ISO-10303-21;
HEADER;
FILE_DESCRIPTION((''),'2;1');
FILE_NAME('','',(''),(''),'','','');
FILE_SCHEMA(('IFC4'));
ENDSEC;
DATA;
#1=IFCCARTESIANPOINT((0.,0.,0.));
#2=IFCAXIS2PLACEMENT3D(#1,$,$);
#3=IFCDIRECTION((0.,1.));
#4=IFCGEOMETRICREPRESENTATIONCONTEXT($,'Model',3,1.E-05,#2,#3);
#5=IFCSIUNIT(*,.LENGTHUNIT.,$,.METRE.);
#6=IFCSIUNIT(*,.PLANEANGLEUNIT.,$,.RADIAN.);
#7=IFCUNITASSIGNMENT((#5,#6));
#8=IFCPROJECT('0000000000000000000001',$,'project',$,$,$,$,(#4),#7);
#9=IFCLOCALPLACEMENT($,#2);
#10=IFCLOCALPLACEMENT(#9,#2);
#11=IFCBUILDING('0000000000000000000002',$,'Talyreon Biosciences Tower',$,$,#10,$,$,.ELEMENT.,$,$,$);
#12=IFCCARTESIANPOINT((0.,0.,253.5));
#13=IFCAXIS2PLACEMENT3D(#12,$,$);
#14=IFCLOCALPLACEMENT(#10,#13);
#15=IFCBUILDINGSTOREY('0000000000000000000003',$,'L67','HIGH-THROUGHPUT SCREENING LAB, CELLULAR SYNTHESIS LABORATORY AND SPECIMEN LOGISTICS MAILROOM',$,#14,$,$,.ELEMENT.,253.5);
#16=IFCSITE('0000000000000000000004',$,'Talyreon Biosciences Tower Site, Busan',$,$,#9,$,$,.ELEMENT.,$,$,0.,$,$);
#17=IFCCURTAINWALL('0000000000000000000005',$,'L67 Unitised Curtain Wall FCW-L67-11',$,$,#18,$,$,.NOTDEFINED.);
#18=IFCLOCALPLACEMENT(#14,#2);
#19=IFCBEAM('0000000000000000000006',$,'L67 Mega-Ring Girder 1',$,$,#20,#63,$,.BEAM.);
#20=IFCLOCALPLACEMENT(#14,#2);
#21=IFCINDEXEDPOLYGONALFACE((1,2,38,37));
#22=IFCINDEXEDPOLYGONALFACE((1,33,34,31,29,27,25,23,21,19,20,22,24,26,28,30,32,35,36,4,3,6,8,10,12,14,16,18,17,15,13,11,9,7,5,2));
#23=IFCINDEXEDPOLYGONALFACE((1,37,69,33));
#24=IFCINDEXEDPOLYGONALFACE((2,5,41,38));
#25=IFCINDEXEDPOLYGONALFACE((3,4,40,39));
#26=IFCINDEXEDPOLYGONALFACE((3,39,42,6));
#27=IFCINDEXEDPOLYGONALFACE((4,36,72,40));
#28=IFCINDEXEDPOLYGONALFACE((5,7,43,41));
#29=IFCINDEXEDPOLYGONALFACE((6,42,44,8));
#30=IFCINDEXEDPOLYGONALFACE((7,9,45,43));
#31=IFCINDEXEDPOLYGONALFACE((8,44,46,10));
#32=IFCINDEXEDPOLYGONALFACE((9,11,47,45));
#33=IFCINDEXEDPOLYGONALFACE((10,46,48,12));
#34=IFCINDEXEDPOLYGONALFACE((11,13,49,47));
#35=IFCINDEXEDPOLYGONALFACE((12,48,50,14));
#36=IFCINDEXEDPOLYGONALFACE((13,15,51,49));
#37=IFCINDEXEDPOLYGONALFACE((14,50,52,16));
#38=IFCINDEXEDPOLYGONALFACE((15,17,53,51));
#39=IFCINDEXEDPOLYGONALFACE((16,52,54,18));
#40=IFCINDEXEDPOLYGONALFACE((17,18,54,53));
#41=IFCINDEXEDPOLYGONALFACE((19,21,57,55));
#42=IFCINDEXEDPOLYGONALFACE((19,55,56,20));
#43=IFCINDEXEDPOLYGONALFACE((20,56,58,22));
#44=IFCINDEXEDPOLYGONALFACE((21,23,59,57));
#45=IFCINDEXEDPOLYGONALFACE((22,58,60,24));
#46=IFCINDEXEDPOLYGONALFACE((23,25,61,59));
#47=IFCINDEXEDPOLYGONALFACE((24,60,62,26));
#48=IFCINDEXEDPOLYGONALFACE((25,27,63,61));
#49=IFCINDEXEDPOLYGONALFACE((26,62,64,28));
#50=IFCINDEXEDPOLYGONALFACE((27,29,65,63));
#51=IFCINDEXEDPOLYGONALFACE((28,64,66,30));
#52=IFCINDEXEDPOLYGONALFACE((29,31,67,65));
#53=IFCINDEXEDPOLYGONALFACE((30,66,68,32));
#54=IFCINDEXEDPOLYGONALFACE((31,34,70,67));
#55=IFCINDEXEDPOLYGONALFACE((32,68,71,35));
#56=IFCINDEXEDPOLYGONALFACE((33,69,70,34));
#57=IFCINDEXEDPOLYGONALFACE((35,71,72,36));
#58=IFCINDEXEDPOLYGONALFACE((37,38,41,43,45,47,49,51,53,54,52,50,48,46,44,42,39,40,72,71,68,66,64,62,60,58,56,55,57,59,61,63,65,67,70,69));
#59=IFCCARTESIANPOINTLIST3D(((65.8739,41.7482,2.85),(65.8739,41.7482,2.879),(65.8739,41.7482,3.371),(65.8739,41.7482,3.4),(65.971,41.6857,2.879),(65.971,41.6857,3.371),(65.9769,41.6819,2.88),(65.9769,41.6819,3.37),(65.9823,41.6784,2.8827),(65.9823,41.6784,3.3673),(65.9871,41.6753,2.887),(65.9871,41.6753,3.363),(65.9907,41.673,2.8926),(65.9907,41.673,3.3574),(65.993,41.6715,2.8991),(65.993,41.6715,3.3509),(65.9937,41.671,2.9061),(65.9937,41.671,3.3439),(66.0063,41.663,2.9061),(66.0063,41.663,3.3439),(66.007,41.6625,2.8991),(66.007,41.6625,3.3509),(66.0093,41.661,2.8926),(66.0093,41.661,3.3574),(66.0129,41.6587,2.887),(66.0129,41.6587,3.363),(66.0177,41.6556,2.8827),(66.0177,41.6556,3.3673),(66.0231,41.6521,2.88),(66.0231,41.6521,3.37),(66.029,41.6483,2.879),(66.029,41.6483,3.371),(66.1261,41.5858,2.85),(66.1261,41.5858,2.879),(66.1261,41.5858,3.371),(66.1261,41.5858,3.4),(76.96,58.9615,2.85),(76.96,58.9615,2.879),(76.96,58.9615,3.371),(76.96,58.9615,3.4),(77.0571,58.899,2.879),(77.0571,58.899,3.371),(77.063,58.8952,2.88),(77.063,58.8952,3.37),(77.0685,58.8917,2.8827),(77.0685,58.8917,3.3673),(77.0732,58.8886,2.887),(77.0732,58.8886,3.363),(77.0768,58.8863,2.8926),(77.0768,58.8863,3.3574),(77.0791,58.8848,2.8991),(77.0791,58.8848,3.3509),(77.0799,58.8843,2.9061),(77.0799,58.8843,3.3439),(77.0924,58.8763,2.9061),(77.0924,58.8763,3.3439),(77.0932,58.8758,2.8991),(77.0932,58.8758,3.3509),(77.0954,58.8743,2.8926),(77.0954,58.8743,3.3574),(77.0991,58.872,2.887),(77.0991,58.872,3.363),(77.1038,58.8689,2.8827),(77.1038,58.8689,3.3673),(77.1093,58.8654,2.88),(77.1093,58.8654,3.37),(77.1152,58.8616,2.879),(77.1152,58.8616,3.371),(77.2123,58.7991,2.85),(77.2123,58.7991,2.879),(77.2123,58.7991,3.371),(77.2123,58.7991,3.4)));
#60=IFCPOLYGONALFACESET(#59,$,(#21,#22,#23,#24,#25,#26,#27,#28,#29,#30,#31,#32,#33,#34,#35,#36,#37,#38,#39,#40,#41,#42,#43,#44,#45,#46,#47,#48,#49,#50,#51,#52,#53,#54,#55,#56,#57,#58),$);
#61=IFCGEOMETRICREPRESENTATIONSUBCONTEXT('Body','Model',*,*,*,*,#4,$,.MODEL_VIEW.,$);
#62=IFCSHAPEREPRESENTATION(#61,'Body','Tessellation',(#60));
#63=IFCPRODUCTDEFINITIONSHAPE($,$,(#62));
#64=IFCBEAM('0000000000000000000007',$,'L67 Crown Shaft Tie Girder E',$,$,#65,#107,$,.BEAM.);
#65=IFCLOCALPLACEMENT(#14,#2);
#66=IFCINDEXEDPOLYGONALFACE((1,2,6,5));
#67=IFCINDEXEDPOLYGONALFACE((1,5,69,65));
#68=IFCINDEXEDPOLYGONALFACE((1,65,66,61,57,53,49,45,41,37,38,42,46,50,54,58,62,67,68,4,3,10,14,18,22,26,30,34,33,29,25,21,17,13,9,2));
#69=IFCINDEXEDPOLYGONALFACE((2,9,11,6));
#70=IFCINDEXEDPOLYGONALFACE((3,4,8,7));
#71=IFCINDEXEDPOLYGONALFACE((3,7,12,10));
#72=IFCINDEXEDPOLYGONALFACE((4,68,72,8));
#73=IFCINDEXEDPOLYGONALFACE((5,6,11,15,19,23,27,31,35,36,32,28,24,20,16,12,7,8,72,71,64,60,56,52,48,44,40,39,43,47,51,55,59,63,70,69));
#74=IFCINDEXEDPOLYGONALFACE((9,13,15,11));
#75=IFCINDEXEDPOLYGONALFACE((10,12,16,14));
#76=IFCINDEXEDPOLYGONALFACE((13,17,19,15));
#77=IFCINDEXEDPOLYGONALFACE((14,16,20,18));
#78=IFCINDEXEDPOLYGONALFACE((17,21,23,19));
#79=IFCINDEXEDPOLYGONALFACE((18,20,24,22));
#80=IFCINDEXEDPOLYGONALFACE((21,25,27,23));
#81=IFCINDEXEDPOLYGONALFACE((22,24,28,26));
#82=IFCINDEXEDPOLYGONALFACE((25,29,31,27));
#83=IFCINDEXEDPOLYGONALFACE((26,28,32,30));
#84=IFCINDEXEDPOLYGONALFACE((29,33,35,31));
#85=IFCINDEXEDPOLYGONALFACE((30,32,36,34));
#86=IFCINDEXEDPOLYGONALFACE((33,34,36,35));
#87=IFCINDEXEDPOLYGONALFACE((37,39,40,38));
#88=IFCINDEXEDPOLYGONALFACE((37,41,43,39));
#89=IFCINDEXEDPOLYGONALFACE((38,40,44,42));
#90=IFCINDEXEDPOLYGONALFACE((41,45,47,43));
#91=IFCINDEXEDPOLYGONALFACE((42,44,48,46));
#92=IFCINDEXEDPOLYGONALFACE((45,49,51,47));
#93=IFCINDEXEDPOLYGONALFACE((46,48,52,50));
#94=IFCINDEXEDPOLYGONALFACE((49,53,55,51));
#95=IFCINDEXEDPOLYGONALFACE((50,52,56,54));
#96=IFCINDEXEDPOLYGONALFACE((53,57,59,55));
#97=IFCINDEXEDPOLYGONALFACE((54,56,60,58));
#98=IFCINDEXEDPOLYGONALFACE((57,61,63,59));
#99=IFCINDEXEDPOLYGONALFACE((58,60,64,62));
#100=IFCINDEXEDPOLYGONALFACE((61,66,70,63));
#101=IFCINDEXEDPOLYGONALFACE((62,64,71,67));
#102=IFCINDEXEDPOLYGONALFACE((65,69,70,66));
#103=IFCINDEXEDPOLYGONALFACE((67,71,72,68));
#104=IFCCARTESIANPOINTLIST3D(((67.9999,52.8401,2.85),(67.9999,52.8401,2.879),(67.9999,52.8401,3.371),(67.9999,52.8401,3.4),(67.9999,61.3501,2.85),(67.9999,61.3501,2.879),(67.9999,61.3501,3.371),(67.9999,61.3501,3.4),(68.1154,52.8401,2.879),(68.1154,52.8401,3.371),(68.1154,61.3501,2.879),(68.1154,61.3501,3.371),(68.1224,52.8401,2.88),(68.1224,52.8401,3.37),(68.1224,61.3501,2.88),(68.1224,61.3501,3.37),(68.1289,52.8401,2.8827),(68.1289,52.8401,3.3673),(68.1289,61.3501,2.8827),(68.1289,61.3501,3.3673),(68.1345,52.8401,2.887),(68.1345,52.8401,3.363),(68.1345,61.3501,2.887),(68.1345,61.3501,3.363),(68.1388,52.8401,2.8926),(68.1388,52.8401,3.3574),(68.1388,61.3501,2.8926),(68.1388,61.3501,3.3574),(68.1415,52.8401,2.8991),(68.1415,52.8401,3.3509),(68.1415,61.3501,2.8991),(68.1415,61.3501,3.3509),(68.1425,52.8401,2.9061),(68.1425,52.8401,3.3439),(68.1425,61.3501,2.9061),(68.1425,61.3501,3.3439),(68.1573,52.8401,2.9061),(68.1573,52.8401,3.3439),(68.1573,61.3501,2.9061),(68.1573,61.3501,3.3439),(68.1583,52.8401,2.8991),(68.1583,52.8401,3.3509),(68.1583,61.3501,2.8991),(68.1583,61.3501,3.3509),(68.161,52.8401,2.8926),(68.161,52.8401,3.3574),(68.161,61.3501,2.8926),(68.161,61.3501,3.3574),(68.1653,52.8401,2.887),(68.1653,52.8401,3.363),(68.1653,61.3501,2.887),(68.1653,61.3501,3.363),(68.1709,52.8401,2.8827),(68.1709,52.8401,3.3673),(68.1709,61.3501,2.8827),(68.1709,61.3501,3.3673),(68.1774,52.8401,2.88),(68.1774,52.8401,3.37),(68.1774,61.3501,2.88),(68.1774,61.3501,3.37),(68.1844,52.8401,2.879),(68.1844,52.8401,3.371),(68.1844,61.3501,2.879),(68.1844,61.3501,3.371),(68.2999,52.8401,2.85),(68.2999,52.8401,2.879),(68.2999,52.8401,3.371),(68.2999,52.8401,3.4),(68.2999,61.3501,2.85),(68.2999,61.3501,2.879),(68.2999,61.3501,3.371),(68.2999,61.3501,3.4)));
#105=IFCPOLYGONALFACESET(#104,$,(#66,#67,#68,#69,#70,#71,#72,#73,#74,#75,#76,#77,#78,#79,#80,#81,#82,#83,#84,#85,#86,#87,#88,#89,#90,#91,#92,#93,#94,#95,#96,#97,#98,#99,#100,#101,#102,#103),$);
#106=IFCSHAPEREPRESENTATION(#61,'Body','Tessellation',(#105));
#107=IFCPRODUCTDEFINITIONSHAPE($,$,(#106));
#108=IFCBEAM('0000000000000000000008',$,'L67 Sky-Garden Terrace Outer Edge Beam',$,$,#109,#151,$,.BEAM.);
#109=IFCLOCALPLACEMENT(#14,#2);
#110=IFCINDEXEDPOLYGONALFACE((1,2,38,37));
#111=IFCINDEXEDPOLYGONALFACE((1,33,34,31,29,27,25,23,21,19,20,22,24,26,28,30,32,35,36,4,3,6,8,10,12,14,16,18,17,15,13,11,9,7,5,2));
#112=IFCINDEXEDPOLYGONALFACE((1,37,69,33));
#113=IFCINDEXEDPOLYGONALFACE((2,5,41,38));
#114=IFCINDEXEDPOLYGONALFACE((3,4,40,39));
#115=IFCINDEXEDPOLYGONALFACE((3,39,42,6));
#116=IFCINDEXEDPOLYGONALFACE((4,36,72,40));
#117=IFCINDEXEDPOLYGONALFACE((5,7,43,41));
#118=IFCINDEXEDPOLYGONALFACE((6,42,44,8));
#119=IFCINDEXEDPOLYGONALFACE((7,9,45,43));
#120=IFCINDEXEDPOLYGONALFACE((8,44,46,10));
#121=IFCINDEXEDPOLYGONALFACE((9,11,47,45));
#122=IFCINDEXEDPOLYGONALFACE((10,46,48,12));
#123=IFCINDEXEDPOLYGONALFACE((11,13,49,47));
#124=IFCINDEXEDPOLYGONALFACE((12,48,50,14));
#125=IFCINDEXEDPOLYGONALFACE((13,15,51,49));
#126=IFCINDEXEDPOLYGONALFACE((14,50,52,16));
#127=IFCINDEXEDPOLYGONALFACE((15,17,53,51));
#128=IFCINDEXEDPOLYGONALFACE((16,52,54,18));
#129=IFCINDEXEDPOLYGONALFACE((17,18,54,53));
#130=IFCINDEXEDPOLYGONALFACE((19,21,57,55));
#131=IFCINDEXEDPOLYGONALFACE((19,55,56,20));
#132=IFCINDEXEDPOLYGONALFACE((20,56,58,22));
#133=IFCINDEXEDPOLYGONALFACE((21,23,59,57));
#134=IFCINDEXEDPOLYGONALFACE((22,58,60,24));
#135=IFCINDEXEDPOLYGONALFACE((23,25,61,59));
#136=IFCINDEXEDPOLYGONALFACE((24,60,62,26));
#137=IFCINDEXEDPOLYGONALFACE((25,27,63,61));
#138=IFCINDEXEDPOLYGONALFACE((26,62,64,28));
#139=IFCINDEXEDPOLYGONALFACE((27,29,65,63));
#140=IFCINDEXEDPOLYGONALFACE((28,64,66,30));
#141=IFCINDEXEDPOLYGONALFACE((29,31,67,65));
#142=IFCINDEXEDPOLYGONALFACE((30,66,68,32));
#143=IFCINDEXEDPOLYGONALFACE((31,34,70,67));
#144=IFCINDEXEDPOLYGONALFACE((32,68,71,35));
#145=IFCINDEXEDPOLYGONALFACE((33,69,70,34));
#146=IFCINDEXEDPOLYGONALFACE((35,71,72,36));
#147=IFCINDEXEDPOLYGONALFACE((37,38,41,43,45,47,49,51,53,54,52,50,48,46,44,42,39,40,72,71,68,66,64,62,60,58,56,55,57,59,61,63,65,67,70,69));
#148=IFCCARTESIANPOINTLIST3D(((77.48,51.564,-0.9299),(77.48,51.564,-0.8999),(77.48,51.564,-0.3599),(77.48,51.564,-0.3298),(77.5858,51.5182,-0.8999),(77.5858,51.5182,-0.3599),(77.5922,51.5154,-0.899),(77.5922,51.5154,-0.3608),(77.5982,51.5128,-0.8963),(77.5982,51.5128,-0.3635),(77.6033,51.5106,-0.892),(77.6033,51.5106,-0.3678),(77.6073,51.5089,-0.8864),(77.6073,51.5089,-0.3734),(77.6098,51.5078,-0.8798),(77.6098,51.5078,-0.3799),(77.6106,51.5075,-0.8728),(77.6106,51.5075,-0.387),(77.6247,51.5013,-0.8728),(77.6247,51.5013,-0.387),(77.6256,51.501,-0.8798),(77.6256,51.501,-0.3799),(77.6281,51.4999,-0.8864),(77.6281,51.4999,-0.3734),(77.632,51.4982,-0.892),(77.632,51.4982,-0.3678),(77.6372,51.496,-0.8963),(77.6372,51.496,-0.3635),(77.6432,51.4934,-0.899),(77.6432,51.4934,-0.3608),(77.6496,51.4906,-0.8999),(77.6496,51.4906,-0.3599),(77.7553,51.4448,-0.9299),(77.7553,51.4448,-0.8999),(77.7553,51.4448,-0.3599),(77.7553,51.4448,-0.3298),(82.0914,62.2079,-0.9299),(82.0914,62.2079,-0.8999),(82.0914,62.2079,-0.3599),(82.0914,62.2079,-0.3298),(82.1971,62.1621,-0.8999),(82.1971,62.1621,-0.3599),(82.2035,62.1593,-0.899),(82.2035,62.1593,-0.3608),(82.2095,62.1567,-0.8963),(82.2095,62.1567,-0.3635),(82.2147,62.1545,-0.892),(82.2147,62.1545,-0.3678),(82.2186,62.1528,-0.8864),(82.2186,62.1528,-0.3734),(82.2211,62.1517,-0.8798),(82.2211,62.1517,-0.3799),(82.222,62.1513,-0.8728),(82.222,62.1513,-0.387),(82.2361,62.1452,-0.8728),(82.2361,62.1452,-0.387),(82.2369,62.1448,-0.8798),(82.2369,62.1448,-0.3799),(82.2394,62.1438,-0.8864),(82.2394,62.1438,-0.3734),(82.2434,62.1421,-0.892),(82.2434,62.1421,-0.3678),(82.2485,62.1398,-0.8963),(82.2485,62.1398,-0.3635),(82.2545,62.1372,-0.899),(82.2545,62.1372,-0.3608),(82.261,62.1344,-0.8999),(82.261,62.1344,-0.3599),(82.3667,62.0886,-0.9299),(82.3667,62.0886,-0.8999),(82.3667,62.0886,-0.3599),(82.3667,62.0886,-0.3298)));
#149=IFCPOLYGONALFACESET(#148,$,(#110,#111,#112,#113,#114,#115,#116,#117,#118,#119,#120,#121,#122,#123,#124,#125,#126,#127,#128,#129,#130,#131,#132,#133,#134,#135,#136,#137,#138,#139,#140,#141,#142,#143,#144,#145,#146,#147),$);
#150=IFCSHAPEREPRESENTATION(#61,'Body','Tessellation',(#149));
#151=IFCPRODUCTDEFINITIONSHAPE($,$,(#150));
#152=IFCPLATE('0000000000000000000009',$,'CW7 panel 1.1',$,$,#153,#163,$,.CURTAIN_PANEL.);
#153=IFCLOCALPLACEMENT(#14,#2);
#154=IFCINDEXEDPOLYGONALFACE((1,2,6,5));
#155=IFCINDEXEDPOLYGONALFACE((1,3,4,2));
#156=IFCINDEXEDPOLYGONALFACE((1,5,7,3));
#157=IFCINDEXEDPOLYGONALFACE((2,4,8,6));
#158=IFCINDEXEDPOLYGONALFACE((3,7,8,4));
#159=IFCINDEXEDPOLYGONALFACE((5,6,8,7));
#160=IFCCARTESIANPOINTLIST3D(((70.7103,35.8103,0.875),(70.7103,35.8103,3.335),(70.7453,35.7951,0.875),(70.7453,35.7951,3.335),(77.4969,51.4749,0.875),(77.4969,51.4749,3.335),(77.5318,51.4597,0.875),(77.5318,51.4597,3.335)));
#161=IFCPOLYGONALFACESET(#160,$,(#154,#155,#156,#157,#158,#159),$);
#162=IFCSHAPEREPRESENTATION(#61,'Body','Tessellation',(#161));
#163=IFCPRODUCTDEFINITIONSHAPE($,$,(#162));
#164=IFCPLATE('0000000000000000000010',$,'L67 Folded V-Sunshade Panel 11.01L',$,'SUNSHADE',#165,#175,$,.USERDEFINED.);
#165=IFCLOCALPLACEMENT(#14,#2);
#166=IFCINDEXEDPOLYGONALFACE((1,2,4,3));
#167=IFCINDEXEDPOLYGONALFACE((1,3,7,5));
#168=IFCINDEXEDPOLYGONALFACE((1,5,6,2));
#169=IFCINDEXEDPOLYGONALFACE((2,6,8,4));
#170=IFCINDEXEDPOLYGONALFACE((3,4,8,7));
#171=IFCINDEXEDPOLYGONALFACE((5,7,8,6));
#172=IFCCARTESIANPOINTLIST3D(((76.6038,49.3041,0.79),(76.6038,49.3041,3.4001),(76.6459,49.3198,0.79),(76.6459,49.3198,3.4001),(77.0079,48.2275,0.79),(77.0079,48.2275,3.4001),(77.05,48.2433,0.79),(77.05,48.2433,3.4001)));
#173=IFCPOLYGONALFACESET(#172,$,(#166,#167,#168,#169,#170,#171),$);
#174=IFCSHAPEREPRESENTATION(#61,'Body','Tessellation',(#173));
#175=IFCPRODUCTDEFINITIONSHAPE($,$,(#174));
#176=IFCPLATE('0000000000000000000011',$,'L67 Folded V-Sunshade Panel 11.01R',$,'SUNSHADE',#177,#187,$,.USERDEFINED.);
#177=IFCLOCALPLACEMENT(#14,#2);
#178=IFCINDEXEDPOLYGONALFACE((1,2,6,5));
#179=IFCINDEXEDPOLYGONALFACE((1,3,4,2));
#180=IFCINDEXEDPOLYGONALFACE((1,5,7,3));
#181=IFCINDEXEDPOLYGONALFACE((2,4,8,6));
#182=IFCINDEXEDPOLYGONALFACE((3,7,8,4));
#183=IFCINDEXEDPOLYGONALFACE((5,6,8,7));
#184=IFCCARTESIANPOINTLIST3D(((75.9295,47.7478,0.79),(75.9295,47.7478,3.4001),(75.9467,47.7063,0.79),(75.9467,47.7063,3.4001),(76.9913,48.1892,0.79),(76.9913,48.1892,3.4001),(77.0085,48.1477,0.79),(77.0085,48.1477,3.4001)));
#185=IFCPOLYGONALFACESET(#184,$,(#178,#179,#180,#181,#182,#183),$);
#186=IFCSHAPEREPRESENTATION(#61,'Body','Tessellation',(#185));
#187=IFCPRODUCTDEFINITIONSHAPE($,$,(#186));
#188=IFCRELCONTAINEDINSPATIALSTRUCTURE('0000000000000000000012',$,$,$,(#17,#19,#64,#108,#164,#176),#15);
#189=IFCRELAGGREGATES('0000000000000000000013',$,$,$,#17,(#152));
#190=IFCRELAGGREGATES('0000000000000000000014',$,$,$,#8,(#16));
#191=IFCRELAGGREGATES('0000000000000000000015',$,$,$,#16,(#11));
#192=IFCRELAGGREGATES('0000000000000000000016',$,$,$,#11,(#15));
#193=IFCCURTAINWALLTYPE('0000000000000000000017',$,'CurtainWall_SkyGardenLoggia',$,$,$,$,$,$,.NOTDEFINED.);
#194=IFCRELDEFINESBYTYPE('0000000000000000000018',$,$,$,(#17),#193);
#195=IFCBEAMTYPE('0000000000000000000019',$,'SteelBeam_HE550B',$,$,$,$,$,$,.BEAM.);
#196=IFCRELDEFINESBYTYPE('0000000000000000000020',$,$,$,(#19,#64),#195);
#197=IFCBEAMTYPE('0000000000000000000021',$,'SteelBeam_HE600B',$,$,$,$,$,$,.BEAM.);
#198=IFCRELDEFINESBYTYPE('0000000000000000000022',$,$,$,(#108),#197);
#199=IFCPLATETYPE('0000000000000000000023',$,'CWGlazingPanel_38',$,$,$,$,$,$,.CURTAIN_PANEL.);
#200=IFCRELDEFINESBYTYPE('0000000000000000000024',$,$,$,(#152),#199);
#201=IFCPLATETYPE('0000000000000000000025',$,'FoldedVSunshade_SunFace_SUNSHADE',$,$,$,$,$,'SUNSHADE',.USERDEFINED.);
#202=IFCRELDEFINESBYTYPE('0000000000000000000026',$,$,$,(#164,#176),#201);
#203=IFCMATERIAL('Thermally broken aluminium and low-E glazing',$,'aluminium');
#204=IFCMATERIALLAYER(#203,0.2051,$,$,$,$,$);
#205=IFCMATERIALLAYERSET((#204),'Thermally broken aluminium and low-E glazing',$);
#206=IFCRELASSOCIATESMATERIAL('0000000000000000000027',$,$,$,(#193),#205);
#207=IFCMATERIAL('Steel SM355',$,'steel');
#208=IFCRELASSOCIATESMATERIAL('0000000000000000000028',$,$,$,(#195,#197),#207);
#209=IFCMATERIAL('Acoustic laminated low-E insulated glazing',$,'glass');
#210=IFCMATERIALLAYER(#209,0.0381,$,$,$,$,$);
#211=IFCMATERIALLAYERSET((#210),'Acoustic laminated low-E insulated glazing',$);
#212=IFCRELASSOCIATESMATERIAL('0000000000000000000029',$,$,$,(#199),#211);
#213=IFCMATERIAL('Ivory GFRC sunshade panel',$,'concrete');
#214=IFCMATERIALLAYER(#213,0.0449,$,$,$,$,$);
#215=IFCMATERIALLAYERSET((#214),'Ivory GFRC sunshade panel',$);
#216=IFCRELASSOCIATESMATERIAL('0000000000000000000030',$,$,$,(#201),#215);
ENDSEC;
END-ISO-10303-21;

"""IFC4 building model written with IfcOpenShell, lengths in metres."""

from ifc_helpers import new_model, si_unit, direction, frame, origin, origin_2d, place, context, subcontext, project, spatial, rectangle, i_section, extrude, material, layer, layer_set, material_profile, profile_set, type_object, element, aggregate, save


model = new_model("IFC4")

# Units and contexts
model_context = context("Model", 3, precision=1e-05, world=origin(), true_north=direction((0.0, 1.0)))
body_context = subcontext(model_context, "Body", "Model", "MODEL_VIEW")
ifc_project = project(units=[si_unit("LENGTHUNIT", "METRE"), si_unit("PLANEANGLEUNIT", "RADIAN")], contexts=[model_context])

# Site, building, storey
site_placement = place(None, origin())
site = spatial("IfcSite", under=ifc_project, at=site_placement, Name="Talyreon Biosciences Tower Site, Busan", CompositionType="ELEMENT", RefElevation=0.0)
building_placement = place(site_placement, origin())
building = spatial("IfcBuilding", under=site, at=building_placement, Name="Talyreon Biosciences Tower", CompositionType="ELEMENT")
storey_placement = place(building_placement, frame((0.0, 0.0, 253.5)))
storey = spatial("IfcBuildingStorey", under=building, at=storey_placement, Name="L67", Description="HIGH-THROUGHPUT SCREENING LAB, CELLULAR SYNTHESIS LABORATORY AND SPECIMEN LOGISTICS MAILROOM", CompositionType="ELEMENT", Elevation=253.5)

# Curtain wall
ifc_material_1 = material(Name="Thermally broken aluminium and low-E glazing", Category="aluminium")
ifc_layer_1 = layer(ifc_material_1, 0.2051)
ifc_layer_set_1 = layer_set([ifc_layer_1], Name="Thermally broken aluminium and low-E glazing")
curtain_wall_type = type_object("IfcCurtainWallType", Name="CurtainWall_SkyGardenLoggia", PredefinedType="NOTDEFINED", material=ifc_layer_set_1)
curtain_wall_placement = place(storey_placement, origin())
curtain_wall = element("IfcCurtainWall", 1, at=curtain_wall_placement, inside=storey, type_object=curtain_wall_type, Name="L67 Unitised Curtain Wall FCW-L67-11", PredefinedType="NOTDEFINED")

# Beams
ifc_material_2 = material(Name="Steel SM355", Category="steel")
ifc_material_profile_1 = material_profile(ifc_material_2, i_section(OverallWidth=0.3, OverallDepth=0.55, WebThickness=0.0149, FlangeThickness=0.0291, FilletRadius=0.0271, at=origin_2d()), Name="HE550B")
ifc_profile_set_1 = profile_set([ifc_material_profile_1], Name="Steel SM355")
beam_type_1 = type_object("IfcBeamType", Name="SteelBeam_HE550B", PredefinedType="BEAM", material=ifc_profile_set_1)
beam_1_placement = place(storey_placement, frame((66.0, 41.667, 3.125), z_axis=(0.541464, 0.840724, 0.0), x_axis=(-0.840724, 0.541464, 0.0)))
element("IfcBeam", 2, at=beam_1_placement, inside=storey, type_object=beam_type_1, Name="L67 Mega-Ring Girder 1", PredefinedType="BEAM", context=body_context, shape_type="SweptSolid", body=[
    extrude(i_section(OverallWidth=0.3, OverallDepth=0.55, WebThickness=0.0149, FlangeThickness=0.0291, FilletRadius=0.0271, at=origin_2d()), origin(), (0.0, 0.0, 1.0), 20.4744),
])
beam_2_placement = place(storey_placement, frame((68.1499, 52.8401, 3.125), z_axis=(0.0, 1.0, 0.0), x_axis=(-1.0, 0.0, 0.0)))
element("IfcBeam", 3, at=beam_2_placement, inside=storey, type_object=beam_type_1, Name="L67 Crown Shaft Tie Girder E", PredefinedType="BEAM", context=body_context, shape_type="SweptSolid", body=[
    extrude(i_section(OverallWidth=0.3, OverallDepth=0.55, WebThickness=0.0149, FlangeThickness=0.0291, FilletRadius=0.0271, at=origin_2d()), origin(), (0.0, 0.0, 1.0), 8.51),
])
ifc_material_profile_2 = material_profile(ifc_material_2, i_section(OverallWidth=0.3, OverallDepth=0.6001, WebThickness=0.0154, FlangeThickness=0.03, FilletRadius=0.0271, at=origin_2d()), Name="HE600B")
ifc_profile_set_2 = profile_set([ifc_material_profile_2], Name="Steel SM355")
beam_type_2 = type_object("IfcBeamType", Name="SteelBeam_HE600B", PredefinedType="BEAM", material=ifc_profile_set_2)
beam_3_placement = place(storey_placement, frame((77.6177, 51.5044, -0.6299), z_axis=(0.397536, 0.917587, 0.0), x_axis=(-0.917587, 0.397536, 0.0)))
element("IfcBeam", 4, at=beam_3_placement, inside=storey, type_object=beam_type_2, Name="L67 Sky-Garden Terrace Outer Edge Beam", PredefinedType="BEAM", context=body_context, shape_type="SweptSolid", body=[
    extrude(i_section(OverallWidth=0.3, OverallDepth=0.6001, WebThickness=0.0154, FlangeThickness=0.03, FilletRadius=0.0271, at=origin_2d()), origin(), (0.0, 0.0, 1.0), 11.5999),
])

# Plate
ifc_material_3 = material(Name="Acoustic laminated low-E insulated glazing", Category="glass")
ifc_layer_2 = layer(ifc_material_3, 0.0381)
ifc_layer_set_2 = layer_set([ifc_layer_2], Name="Acoustic laminated low-E insulated glazing")
plate_type_1 = type_object("IfcPlateType", Name="CWGlazingPanel_38", PredefinedType="CURTAIN_PANEL", material=ifc_layer_set_2)
plate_1_placement = place(storey_placement, frame((74.1211, 43.635, 0.875), z_axis=(0.0, 0.0, 1.0), x_axis=(-0.397536, -0.917587, 0.0)))
plate_1 = element("IfcPlate", 5, at=plate_1_placement, type_object=plate_type_1, Name="CW7 panel 1.1", PredefinedType="CURTAIN_PANEL", context=body_context, shape_type="SweptSolid", body=[
    extrude(rectangle(XDim=17.0715, YDim=0.0381, at=origin_2d()), origin(), (0.0, 0.0, 1.0), 2.46),
])
aggregate(curtain_wall, [plate_1])

# Plates
ifc_material_4 = material(Name="Ivory GFRC sunshade panel", Category="concrete")
ifc_layer_3 = layer(ifc_material_4, 0.0449)
ifc_layer_set_3 = layer_set([ifc_layer_3], Name="Ivory GFRC sunshade panel")
plate_type_2 = type_object("IfcPlateType", Name="FoldedVSunshade_SunFace_SUNSHADE", ElementType="SUNSHADE", PredefinedType="USERDEFINED", material=ifc_layer_set_3)
for number, where, z_axis, x_axis, name in (
    (6, (76.8269, 48.7737, 0.79), (0.0, 0.0, 1.0), (0.35145, -0.936207, 0.0), "L67 Folded V-Sunshade Panel 11.01L"),
    (7, (76.469, 47.9478, 0.79), (0.0, 0.0, 1.0), (-0.923371, -0.383909, 0.0), "L67 Folded V-Sunshade Panel 11.01R"),
):
    element("IfcPlate", number, at=place(storey_placement, frame(where, z_axis=z_axis, x_axis=x_axis)), inside=storey, type_object=plate_type_2, Name=name, ObjectType="SUNSHADE", PredefinedType="USERDEFINED", context=body_context, shape_type="SweptSolid", body=[
        extrude(rectangle(XDim=1.1499, YDim=0.0449, at=origin_2d()), origin(), (0.0, 0.0, 1.0), 2.6101),
    ])

save(model, "model.ifc")
